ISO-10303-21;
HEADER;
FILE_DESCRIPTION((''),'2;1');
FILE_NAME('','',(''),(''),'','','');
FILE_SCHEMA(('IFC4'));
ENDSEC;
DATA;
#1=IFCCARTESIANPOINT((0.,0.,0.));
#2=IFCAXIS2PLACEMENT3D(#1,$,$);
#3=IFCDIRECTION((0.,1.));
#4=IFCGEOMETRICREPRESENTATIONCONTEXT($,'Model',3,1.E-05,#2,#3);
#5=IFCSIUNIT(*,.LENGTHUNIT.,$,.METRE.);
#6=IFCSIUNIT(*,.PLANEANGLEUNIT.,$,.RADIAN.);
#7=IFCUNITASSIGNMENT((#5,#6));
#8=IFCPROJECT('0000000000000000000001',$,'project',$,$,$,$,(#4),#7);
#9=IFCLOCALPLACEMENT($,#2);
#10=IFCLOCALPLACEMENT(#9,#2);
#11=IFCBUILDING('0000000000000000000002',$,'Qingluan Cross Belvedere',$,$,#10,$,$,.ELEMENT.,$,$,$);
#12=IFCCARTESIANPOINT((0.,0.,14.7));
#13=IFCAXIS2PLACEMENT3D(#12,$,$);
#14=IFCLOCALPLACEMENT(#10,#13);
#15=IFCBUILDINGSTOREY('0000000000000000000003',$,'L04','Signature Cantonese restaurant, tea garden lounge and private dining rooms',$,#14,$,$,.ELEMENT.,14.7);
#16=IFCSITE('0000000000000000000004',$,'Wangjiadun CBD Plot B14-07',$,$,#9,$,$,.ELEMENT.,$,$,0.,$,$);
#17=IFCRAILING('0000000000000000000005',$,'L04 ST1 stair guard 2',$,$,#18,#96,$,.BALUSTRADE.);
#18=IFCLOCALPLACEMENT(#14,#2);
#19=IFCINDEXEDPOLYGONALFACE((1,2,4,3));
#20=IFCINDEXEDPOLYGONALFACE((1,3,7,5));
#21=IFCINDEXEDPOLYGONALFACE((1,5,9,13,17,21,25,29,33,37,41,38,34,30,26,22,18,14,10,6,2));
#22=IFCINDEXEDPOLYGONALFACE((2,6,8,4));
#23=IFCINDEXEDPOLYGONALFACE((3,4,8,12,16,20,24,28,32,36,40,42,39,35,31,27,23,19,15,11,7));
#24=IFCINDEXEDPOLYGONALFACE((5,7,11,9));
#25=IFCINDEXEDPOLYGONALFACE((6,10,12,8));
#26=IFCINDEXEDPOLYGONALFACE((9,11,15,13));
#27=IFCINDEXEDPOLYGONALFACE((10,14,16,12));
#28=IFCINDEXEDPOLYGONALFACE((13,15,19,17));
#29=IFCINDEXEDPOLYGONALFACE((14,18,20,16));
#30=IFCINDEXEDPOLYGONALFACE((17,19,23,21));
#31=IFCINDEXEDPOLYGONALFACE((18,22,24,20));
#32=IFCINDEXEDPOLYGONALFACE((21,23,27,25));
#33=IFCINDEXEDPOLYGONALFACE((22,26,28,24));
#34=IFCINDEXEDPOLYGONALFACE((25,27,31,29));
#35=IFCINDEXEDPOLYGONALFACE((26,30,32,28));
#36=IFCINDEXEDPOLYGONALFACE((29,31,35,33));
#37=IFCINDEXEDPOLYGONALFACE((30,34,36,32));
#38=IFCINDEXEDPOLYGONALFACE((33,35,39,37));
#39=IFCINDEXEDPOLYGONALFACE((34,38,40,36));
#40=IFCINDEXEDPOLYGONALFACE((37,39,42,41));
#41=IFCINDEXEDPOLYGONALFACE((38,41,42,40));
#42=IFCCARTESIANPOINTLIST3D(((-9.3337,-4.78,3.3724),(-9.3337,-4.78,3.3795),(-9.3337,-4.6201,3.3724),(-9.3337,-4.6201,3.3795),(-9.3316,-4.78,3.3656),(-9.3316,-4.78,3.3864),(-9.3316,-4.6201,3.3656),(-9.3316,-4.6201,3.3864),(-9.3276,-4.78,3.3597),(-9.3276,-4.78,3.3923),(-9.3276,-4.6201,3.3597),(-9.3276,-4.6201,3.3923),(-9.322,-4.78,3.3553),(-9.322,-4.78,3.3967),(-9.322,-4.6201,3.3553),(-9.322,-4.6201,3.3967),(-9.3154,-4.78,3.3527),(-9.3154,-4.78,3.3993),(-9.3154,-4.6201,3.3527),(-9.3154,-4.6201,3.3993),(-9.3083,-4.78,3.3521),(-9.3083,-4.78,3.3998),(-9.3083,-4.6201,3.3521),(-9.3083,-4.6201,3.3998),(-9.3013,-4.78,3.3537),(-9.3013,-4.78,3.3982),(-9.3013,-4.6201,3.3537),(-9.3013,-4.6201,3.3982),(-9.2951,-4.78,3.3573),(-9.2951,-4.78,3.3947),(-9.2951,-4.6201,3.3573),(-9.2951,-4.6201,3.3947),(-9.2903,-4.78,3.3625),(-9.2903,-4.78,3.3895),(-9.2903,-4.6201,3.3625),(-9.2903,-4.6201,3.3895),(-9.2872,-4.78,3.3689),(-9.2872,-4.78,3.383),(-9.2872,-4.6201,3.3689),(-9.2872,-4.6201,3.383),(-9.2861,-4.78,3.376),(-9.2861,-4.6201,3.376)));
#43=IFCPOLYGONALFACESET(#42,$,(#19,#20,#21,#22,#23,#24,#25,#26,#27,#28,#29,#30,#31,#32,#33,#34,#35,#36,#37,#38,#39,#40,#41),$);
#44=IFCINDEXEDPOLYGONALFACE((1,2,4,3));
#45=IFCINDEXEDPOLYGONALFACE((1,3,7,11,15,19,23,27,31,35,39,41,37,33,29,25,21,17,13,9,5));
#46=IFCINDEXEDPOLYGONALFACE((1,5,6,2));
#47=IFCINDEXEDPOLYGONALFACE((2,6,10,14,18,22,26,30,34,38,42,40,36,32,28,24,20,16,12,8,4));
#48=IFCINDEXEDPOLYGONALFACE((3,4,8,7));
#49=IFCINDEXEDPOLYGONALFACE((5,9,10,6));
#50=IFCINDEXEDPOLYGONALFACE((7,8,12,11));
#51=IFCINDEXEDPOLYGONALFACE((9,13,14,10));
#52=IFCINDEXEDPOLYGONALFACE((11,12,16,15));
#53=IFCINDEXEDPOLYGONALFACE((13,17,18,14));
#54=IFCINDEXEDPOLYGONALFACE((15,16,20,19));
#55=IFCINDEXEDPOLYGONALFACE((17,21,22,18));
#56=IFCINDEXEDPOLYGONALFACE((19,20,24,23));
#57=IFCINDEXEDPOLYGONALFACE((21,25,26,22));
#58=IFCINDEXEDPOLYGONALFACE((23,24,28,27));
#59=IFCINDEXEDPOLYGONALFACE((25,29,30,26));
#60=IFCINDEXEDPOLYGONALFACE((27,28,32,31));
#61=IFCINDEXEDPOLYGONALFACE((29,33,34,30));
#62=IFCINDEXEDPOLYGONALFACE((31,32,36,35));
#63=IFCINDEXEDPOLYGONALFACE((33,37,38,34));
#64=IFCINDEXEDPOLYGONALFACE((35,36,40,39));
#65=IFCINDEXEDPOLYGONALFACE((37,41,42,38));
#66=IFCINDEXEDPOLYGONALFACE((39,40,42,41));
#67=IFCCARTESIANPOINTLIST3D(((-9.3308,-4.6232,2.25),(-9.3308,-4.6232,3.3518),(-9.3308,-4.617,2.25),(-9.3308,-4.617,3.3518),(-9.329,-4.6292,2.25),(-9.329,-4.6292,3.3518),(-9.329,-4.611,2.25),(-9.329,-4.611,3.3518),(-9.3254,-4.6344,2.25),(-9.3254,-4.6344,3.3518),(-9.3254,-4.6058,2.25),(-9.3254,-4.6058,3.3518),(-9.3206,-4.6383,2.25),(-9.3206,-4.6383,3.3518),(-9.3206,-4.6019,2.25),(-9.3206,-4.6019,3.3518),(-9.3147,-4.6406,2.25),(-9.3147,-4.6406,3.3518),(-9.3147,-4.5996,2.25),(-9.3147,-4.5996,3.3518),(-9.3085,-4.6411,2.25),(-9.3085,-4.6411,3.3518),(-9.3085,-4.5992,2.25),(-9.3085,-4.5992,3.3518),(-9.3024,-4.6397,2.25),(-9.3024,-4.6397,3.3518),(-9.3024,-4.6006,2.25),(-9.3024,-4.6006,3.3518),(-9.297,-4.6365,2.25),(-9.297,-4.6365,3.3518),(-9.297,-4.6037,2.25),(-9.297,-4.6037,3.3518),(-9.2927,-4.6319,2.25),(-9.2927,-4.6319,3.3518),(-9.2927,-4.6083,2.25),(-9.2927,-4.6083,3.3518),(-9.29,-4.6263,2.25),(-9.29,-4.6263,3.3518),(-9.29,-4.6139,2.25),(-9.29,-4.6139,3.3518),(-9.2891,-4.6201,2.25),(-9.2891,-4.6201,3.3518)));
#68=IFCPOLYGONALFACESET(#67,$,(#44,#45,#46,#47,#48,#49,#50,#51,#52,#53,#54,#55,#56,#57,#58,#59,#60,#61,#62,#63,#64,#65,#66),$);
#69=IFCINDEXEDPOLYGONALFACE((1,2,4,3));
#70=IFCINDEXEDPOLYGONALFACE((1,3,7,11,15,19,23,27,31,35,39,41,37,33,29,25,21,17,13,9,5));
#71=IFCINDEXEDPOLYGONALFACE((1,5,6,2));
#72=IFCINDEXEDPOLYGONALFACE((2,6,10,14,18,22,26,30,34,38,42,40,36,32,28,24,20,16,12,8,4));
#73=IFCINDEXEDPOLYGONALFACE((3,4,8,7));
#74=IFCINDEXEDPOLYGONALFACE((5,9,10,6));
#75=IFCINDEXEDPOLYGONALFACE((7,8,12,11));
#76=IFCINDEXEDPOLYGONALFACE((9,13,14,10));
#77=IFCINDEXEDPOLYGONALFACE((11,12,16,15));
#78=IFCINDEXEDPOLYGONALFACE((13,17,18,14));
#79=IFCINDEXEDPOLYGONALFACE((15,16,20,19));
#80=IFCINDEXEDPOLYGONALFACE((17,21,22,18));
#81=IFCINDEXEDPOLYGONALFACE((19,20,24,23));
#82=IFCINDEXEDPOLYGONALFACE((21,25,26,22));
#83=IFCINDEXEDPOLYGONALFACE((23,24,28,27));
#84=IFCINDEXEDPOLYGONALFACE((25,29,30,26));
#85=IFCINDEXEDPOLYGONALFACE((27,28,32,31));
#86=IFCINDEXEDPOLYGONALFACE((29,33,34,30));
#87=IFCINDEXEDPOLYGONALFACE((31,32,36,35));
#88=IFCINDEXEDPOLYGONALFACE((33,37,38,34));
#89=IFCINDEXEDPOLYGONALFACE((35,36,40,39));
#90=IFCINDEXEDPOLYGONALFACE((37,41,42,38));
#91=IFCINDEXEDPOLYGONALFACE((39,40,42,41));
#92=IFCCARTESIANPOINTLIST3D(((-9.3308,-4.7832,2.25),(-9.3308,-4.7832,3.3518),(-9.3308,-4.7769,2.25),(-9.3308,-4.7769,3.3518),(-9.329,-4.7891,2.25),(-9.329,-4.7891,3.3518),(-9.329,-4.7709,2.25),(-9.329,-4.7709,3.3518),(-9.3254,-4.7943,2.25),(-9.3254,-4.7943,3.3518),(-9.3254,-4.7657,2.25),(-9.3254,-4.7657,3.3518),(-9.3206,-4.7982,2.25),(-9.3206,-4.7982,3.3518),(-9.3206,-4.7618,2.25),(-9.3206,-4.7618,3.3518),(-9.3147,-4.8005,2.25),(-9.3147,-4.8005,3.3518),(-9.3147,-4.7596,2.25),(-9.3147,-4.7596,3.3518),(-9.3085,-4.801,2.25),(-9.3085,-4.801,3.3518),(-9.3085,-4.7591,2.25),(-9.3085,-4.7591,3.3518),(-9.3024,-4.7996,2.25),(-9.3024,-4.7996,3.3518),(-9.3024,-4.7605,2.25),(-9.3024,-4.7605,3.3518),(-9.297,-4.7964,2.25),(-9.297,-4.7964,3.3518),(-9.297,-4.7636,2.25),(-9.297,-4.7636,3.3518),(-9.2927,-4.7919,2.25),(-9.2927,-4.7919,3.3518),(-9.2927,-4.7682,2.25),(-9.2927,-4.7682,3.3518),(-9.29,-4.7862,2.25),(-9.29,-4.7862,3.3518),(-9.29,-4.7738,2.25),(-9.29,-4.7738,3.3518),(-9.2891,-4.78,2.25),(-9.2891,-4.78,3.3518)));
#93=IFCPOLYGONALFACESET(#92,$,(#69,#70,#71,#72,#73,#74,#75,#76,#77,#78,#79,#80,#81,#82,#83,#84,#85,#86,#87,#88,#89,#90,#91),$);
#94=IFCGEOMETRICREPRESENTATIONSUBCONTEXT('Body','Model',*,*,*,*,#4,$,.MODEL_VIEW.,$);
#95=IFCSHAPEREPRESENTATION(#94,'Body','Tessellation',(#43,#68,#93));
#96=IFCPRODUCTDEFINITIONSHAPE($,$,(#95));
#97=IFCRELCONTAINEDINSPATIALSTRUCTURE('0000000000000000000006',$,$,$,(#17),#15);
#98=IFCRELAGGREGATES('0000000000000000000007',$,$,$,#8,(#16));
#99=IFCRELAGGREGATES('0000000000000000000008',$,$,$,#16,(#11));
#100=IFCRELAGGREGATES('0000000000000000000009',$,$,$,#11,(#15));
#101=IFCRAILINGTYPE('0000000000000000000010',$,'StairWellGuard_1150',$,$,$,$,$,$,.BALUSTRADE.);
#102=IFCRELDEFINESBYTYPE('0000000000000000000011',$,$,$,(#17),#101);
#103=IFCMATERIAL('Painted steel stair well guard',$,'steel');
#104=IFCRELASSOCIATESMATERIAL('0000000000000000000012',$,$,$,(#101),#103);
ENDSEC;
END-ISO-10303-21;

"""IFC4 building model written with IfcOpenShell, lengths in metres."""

from ifc_helpers import new_model, si_unit, direction, frame, origin, origin_2d, place, context, subcontext, project, spatial, circle, extrude, material, type_object, element, save


model = new_model("IFC4")

# Units and contexts
model_context = context("Model", 3, precision=1e-05, world=origin(), true_north=direction((0.0, 1.0)))
body_context = subcontext(model_context, "Body", "Model", "MODEL_VIEW")
ifc_project = project(units=[si_unit("LENGTHUNIT", "METRE"), si_unit("PLANEANGLEUNIT", "RADIAN")], contexts=[model_context])

# Site, building, storey
site_placement = place(None, origin())
site = spatial("IfcSite", under=ifc_project, at=site_placement, Name="Wangjiadun CBD Plot B14-07", CompositionType="ELEMENT", RefElevation=0.0)
building_placement = place(site_placement, origin())
building = spatial("IfcBuilding", under=site, at=building_placement, Name="Qingluan Cross Belvedere", CompositionType="ELEMENT")
storey_placement = place(building_placement, frame((0.0, 0.0, 14.7)))
storey = spatial("IfcBuildingStorey", under=building, at=storey_placement, Name="L04", Description="Signature Cantonese restaurant, tea garden lounge and private dining rooms", CompositionType="ELEMENT", Elevation=14.7)

# Railing
ifc_material_1 = material(Name="Painted steel stair well guard", Category="steel")
railing_type_1 = type_object("IfcRailingType", Name="StairWellGuard_1150", PredefinedType="BALUSTRADE", material=ifc_material_1)
railing_1_placement = place(storey_placement, frame((-9.3101, -4.6201, 2.25)))
element("IfcRailing", 1, at=railing_1_placement, inside=storey, type_object=railing_type_1, Name="L04 ST1 stair guard 2", PredefinedType="BALUSTRADE", context=body_context, shape_type="SweptSolid", body=[
    extrude(circle(Radius=0.0239, at=origin_2d()), frame((0.0, 0.0, 1.126), z_axis=(0.0, -1.0, 0.0), x_axis=(1.0, 0.0, 0.0)), (0.0, 0.0, 1.0), 0.1599),
    extrude(circle(Radius=0.021, at=origin_2d()), origin(), (0.0, 0.0, 1.0), 1.1018),
    extrude(circle(Radius=0.021, at=origin_2d()), frame((0.0, -0.1599, 0.0)), (0.0, 0.0, 1.0), 1.1018),
])

save(model, "model.ifc")
